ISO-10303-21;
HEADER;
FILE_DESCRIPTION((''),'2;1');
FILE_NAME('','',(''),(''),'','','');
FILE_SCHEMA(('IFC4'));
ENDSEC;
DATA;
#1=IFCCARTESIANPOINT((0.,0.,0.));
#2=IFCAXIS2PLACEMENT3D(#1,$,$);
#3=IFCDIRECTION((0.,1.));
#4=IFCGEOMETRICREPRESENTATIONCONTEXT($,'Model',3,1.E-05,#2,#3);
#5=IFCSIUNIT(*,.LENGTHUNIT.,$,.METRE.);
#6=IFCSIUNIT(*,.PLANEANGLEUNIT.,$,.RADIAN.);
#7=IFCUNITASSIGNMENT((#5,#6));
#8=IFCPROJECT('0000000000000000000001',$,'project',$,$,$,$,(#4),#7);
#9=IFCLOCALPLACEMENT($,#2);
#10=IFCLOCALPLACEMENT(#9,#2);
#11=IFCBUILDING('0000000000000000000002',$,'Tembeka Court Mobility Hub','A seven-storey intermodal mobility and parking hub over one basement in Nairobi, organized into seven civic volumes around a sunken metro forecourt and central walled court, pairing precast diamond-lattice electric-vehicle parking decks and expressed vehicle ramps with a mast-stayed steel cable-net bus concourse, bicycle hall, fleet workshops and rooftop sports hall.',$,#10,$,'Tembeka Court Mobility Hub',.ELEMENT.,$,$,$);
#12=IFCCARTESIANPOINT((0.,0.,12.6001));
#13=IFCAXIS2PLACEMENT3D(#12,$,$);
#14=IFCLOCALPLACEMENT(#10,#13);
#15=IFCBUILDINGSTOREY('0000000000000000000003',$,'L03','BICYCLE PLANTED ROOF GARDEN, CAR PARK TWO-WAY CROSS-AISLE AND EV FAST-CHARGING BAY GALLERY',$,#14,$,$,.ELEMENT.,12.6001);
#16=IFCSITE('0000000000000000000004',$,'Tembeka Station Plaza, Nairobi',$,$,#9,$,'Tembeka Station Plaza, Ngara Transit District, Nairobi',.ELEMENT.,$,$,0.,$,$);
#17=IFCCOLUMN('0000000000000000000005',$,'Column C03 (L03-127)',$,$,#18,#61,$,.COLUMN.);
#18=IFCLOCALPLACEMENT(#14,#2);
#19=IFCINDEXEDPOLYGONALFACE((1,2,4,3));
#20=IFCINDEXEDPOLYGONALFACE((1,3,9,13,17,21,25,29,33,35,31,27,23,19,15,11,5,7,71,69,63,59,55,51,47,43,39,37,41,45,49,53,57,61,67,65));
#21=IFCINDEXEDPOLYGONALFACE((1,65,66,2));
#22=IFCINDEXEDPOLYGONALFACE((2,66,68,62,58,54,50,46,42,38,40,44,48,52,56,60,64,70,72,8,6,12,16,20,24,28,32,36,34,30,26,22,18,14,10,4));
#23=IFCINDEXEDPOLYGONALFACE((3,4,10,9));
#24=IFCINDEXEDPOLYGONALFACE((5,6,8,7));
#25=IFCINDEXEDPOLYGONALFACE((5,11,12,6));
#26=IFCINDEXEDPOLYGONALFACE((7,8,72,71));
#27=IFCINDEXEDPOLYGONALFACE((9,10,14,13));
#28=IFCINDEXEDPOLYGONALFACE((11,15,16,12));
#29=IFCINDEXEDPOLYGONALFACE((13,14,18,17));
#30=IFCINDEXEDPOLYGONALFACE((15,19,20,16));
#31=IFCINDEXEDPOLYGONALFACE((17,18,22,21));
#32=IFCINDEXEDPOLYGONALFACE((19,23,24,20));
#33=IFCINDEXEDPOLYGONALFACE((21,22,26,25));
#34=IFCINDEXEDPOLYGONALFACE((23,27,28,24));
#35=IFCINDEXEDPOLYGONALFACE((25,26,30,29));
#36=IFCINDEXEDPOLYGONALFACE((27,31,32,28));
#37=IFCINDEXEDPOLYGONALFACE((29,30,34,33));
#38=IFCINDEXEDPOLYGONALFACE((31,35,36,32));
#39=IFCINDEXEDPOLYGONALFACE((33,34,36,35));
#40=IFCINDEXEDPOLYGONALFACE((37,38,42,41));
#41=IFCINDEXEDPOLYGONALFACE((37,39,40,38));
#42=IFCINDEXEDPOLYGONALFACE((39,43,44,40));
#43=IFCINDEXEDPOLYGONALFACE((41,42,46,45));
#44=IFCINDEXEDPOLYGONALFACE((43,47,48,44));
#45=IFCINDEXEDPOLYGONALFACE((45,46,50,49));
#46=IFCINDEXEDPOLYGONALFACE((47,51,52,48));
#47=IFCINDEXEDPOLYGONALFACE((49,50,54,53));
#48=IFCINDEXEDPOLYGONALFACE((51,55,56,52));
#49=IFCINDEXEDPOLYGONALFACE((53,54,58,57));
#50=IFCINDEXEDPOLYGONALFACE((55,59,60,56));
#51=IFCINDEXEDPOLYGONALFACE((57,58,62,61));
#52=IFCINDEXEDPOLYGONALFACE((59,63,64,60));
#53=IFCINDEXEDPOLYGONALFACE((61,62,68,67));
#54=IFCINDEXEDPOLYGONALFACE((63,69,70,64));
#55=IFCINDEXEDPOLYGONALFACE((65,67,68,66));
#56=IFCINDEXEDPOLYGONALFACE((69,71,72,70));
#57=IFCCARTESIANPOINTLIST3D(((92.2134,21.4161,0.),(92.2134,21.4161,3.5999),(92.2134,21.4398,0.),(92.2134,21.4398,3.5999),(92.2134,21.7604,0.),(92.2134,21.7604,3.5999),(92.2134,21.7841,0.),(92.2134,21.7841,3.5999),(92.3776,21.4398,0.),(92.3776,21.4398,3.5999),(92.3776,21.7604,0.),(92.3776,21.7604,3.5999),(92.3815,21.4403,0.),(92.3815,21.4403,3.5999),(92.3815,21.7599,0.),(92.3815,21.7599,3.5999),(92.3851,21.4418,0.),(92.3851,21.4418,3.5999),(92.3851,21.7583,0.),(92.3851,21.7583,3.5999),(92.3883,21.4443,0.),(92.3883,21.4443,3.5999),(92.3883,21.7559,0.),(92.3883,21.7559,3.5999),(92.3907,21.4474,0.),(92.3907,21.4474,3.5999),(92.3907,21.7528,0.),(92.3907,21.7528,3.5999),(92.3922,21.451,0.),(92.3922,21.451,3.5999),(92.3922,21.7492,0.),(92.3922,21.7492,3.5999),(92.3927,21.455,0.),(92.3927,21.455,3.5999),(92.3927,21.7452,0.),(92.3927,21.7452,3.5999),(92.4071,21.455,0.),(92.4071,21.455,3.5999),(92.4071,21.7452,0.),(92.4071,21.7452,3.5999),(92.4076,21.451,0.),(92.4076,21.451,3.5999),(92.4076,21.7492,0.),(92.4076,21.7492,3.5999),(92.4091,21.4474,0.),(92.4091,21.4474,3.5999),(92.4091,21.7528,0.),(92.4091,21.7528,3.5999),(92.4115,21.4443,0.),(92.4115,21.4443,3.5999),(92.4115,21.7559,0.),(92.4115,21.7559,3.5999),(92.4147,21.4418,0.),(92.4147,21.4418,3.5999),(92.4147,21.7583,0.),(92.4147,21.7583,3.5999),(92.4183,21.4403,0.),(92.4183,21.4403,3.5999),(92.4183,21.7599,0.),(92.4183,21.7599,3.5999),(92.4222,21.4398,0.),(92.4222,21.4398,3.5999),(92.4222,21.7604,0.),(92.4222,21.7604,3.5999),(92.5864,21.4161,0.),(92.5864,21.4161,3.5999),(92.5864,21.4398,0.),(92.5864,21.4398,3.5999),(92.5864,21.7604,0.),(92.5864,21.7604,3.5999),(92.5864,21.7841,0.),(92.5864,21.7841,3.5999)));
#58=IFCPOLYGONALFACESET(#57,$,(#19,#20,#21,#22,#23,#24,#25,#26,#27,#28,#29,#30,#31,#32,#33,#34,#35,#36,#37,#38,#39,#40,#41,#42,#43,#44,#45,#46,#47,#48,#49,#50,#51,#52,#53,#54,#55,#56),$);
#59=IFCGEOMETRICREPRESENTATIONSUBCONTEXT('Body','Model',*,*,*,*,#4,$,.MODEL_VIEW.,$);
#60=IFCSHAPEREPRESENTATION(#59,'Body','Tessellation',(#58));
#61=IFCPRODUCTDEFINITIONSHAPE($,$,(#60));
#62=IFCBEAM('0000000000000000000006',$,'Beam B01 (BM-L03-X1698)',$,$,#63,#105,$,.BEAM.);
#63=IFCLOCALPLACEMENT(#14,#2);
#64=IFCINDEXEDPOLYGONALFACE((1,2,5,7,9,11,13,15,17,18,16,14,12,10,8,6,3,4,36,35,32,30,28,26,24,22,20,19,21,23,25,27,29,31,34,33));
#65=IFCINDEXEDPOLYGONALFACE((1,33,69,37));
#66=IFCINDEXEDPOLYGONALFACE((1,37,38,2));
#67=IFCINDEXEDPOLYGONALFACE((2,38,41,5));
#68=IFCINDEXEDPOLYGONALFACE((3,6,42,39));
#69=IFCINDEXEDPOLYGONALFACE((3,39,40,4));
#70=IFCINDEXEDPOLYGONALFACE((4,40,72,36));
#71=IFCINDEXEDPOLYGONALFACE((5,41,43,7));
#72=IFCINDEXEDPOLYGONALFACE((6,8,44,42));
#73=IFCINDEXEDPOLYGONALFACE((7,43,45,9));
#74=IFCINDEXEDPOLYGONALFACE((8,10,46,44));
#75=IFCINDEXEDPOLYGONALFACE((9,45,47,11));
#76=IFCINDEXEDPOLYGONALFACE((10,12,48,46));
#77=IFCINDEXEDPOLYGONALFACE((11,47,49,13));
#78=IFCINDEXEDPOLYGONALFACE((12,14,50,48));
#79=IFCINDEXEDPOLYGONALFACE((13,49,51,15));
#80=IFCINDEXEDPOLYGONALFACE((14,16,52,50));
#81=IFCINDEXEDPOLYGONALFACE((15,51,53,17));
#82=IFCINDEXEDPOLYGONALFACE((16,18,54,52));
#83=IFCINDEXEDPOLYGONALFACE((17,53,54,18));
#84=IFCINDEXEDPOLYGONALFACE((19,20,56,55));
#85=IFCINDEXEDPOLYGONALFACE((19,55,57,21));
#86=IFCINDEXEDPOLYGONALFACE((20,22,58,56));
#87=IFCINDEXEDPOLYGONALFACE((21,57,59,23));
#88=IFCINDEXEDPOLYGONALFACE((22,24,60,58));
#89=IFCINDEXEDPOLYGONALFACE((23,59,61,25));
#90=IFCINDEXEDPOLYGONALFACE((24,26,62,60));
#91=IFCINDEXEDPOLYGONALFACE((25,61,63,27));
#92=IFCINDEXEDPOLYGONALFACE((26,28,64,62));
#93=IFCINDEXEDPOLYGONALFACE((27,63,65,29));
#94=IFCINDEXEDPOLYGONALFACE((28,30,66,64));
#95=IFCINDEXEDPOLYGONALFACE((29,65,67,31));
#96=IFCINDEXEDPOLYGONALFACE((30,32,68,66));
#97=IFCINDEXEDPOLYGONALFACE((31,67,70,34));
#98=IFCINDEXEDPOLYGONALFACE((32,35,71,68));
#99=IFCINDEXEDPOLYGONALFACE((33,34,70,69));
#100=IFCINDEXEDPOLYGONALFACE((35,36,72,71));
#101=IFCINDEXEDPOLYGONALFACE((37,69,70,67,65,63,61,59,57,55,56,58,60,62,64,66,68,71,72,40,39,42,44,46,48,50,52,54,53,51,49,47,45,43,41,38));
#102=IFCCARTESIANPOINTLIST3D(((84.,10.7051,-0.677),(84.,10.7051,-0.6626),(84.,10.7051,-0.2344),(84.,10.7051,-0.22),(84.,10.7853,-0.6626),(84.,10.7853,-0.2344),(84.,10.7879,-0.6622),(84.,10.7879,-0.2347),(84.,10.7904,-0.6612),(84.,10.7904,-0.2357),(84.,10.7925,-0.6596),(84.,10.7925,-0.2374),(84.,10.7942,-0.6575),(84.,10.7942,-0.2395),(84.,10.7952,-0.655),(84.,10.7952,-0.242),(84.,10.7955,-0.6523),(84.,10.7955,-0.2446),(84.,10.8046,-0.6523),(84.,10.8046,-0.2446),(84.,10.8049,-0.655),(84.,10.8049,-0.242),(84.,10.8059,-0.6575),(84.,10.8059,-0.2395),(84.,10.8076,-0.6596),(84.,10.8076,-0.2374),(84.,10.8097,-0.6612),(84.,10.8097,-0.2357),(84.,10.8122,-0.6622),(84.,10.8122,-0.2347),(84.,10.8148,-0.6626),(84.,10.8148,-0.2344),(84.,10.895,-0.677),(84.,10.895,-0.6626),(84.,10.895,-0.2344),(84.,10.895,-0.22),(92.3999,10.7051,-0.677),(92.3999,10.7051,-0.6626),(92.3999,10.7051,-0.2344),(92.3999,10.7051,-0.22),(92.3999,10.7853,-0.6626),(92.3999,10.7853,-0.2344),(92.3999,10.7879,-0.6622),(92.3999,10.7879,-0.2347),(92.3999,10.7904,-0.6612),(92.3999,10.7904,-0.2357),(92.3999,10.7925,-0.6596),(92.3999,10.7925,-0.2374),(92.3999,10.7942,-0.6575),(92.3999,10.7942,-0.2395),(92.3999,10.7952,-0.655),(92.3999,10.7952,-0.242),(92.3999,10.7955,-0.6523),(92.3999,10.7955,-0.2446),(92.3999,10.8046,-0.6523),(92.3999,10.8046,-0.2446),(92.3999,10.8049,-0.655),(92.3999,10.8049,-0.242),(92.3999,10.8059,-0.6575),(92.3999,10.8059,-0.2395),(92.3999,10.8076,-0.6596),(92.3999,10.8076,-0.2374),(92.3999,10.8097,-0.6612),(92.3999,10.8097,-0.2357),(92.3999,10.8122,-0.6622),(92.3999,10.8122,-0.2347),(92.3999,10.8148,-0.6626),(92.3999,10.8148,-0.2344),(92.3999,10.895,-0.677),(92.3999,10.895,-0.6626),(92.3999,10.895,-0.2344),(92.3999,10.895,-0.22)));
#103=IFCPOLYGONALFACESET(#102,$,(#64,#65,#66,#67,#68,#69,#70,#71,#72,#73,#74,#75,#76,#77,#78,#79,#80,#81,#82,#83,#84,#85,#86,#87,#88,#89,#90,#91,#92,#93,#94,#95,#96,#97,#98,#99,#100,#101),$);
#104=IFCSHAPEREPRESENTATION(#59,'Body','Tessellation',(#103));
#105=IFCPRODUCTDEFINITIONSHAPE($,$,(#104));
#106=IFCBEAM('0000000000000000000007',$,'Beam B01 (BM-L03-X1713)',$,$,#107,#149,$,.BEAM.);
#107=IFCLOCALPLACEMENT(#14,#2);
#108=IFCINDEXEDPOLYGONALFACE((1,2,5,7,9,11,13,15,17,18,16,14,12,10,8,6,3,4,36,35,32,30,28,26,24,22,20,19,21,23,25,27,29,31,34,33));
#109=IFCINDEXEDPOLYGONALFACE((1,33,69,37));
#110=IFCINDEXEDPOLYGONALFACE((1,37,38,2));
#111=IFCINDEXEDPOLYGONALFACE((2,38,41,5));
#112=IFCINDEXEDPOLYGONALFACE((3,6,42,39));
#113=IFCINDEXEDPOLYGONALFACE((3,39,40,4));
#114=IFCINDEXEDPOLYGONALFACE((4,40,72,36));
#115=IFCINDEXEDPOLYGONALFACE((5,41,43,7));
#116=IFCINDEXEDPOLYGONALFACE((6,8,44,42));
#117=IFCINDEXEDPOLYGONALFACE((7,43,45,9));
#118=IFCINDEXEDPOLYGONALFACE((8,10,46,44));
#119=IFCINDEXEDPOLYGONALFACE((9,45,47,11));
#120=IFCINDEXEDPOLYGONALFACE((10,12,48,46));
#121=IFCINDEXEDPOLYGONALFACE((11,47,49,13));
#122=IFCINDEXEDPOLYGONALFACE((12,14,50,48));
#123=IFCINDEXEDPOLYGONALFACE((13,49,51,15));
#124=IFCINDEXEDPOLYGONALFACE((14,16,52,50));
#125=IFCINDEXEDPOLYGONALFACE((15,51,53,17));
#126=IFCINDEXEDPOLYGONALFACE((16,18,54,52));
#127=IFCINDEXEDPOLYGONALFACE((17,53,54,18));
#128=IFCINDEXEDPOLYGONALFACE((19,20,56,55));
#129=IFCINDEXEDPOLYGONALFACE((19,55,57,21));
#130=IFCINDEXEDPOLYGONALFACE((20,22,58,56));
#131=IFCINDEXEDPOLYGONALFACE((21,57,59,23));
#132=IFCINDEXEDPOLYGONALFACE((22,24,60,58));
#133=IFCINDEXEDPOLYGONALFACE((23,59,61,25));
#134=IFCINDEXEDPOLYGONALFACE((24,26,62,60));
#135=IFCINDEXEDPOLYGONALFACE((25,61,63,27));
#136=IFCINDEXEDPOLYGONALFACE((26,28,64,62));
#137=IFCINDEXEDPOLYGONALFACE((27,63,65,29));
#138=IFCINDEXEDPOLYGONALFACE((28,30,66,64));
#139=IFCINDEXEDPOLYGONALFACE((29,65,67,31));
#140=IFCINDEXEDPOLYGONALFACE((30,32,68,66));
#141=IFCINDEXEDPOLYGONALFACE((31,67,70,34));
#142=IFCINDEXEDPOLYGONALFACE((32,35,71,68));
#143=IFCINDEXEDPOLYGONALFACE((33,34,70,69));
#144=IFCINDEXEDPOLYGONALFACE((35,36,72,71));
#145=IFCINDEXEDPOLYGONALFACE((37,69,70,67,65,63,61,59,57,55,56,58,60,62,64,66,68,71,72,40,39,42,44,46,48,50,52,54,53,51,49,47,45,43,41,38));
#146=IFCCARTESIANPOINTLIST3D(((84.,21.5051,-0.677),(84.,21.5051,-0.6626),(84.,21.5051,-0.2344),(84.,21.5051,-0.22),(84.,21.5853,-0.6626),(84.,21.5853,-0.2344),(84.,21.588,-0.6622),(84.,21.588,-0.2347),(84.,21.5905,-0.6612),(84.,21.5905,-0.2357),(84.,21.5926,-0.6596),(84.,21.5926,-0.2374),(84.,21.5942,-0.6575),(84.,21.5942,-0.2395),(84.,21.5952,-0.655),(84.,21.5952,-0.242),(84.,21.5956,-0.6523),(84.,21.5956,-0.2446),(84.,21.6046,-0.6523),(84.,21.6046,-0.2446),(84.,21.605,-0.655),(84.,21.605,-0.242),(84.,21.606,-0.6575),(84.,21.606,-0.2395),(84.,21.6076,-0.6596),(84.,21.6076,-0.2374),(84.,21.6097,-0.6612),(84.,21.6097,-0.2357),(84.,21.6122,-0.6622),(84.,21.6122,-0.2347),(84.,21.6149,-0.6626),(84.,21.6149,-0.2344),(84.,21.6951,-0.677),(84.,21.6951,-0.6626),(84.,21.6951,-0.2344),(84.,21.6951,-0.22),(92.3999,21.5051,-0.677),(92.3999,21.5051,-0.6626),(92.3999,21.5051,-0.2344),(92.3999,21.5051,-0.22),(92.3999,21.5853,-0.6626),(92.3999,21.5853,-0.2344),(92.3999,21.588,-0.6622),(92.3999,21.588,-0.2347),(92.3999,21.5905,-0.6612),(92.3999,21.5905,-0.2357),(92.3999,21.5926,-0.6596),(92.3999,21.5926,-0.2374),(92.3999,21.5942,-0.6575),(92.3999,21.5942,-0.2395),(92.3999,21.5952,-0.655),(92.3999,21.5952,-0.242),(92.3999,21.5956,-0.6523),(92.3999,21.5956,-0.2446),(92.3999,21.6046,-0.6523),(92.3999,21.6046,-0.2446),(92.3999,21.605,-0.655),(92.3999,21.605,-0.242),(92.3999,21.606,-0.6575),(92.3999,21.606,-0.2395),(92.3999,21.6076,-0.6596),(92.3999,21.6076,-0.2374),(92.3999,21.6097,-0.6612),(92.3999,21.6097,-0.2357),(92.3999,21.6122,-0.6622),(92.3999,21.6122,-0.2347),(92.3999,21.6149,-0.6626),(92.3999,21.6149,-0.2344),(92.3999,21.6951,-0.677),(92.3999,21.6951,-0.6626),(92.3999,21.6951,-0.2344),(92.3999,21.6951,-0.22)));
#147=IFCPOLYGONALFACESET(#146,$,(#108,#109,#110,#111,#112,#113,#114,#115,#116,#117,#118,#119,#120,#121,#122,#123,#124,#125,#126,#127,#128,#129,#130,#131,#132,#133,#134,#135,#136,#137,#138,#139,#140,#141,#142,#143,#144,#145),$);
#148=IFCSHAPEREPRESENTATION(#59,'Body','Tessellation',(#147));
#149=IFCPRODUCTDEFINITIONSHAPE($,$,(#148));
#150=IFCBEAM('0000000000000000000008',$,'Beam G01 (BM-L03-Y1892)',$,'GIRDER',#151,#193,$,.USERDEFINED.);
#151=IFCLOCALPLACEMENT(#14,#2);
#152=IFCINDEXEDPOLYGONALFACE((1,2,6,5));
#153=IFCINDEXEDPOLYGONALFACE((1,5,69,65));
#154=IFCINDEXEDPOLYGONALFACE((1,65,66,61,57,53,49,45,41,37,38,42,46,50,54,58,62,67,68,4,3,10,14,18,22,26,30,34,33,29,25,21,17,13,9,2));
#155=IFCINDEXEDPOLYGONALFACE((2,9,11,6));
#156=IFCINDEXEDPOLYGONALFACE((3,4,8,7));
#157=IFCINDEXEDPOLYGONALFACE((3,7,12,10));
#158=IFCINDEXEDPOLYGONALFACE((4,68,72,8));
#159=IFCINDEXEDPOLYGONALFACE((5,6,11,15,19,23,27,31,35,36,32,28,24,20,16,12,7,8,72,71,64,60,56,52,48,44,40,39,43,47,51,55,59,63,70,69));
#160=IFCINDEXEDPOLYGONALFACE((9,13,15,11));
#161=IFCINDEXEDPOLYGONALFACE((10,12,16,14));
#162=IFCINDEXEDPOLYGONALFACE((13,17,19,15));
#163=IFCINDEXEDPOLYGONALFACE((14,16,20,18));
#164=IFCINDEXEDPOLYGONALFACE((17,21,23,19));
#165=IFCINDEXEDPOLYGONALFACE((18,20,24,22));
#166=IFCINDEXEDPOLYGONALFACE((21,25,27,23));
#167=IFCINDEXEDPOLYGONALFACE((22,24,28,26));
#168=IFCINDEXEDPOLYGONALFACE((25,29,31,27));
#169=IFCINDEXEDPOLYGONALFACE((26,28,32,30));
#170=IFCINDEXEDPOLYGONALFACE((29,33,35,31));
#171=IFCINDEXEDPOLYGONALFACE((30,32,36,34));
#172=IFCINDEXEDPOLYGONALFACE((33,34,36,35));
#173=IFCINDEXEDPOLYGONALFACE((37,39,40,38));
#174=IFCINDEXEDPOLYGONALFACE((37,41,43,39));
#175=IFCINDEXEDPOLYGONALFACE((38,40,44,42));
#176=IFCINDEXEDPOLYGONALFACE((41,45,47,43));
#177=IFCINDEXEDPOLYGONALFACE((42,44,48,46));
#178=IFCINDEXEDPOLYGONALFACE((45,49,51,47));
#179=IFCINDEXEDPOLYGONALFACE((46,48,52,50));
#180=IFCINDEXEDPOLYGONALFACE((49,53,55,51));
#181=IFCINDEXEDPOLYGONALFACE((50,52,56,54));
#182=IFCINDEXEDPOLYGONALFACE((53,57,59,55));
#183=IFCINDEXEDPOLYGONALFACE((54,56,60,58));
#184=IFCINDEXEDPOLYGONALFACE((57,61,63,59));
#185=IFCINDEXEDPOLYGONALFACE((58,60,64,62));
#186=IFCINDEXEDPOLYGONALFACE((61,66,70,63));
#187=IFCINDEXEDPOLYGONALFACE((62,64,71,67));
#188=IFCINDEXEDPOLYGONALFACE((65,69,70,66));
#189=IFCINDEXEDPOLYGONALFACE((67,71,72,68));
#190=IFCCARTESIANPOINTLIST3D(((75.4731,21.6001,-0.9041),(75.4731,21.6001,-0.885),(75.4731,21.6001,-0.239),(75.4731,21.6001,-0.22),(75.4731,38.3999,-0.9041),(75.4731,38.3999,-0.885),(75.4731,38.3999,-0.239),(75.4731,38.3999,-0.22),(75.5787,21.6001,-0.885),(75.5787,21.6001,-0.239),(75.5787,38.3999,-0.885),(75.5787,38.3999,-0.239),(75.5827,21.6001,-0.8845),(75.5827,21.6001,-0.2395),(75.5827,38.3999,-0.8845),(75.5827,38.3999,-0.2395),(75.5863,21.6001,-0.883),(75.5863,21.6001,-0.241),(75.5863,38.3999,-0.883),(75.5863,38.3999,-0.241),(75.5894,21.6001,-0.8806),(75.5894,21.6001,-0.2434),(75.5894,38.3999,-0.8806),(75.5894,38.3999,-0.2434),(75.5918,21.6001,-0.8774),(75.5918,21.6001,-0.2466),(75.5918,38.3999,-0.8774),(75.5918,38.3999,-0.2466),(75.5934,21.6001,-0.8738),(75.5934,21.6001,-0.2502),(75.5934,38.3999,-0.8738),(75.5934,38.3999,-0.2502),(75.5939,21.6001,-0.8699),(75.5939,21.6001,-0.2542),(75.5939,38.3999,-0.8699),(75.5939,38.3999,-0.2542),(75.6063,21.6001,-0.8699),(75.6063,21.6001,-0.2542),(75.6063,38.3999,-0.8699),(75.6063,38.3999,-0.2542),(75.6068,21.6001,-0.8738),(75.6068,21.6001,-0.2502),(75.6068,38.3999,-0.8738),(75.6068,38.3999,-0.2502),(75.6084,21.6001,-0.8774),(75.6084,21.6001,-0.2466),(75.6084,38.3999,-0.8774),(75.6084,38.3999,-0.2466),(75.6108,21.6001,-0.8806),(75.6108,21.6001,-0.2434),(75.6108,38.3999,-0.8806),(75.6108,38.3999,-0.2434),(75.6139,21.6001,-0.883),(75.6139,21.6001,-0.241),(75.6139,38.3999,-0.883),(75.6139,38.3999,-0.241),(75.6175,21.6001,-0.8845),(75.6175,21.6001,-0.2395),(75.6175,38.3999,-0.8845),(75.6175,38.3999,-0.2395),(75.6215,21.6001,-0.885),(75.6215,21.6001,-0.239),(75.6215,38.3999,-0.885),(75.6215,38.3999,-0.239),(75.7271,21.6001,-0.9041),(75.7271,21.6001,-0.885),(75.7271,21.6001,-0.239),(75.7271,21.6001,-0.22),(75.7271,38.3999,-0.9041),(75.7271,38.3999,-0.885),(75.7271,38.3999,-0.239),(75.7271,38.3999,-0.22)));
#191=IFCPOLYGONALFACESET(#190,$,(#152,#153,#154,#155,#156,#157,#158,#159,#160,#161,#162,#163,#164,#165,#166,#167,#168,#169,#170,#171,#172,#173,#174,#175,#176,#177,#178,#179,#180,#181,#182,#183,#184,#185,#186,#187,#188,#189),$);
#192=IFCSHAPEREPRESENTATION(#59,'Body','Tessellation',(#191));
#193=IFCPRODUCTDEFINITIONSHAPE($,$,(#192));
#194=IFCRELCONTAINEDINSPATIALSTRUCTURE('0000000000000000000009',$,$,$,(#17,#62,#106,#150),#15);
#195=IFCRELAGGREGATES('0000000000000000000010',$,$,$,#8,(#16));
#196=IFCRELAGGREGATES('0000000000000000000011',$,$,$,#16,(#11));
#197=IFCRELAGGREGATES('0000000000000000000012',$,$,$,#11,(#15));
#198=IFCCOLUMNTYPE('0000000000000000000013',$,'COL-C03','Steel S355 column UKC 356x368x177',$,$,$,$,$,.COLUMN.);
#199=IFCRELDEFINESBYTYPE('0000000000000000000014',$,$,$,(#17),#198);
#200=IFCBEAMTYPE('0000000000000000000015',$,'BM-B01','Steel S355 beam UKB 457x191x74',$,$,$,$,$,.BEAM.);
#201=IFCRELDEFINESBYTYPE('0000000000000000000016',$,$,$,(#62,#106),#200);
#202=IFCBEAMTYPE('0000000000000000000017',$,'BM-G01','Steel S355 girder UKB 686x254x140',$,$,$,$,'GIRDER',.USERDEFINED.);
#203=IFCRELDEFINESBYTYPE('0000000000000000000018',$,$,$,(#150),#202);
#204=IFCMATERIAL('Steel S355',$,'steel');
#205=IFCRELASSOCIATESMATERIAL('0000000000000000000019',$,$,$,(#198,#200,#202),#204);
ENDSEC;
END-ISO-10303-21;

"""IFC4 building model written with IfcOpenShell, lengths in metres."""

from ifc_helpers import new_model, si_unit, direction, frame, origin, origin_2d, place, context, subcontext, project, spatial, i_section, extrude, material, material_profile, profile_set, type_object, element, save


model = new_model("IFC4")

# Units and contexts
model_context = context("Model", 3, precision=1e-05, world=origin(), true_north=direction((0.0, 1.0)))
body_context = subcontext(model_context, "Body", "Model", "MODEL_VIEW")
ifc_project = project(units=[si_unit("LENGTHUNIT", "METRE"), si_unit("PLANEANGLEUNIT", "RADIAN")], contexts=[model_context])

# Site, building, storey
site_placement = place(None, origin())
site = spatial("IfcSite", under=ifc_project, at=site_placement, Name="Tembeka Station Plaza, Nairobi", LongName="Tembeka Station Plaza, Ngara Transit District, Nairobi", CompositionType="ELEMENT", RefElevation=0.0)
building_placement = place(site_placement, origin())
building = spatial("IfcBuilding", under=site, at=building_placement, Name="Tembeka Court Mobility Hub", Description="A seven-storey intermodal mobility and parking hub over one basement in Nairobi, organized into seven civic volumes around a sunken metro forecourt and central walled court, pairing precast diamond-lattice electric-vehicle parking decks and expressed vehicle ramps with a mast-stayed steel cable-net bus concourse, bicycle hall, fleet workshops and rooftop sports hall.", LongName="Tembeka Court Mobility Hub", CompositionType="ELEMENT")
storey_placement = place(building_placement, frame((0.0, 0.0, 12.6001)))
storey = spatial("IfcBuildingStorey", under=building, at=storey_placement, Name="L03", Description="BICYCLE PLANTED ROOF GARDEN, CAR PARK TWO-WAY CROSS-AISLE AND EV FAST-CHARGING BAY GALLERY", CompositionType="ELEMENT", Elevation=12.6001)

# Column
ifc_material_1 = material(Name="Steel S355", Category="steel")
ifc_material_profile_1 = material_profile(ifc_material_1, i_section(OverallWidth=0.373, OverallDepth=0.3679, WebThickness=0.0144, FlangeThickness=0.0237, FilletRadius=0.0151, at=origin_2d()), Name="UKC 356x368x177")
ifc_profile_set_1 = profile_set([ifc_material_profile_1], Name="Steel S355")
column_type = type_object("IfcColumnType", Name="COL-C03", Description="Steel S355 column UKC 356x368x177", PredefinedType="COLUMN", material=ifc_profile_set_1)
for number, where, z_axis, x_axis, name in (
    (1, (92.3999, 21.6001, 0.0), (0.0, 0.0, 1.0), (1.0, 0.0, 0.0), "Column C03 (L03-127)"),
):
    element("IfcColumn", number, at=place(storey_placement, frame(where, z_axis=z_axis, x_axis=x_axis)), inside=storey, type_object=column_type, Name=name, PredefinedType="COLUMN", context=body_context, shape_type="SweptSolid", body=[
        extrude(i_section(OverallWidth=0.373, OverallDepth=0.3679, WebThickness=0.0144, FlangeThickness=0.0237, FilletRadius=0.0151, at=origin_2d()), origin(), (0.0, 0.0, 1.0), 3.5999),
    ])

# Beams
ifc_material_profile_2 = material_profile(ifc_material_1, i_section(OverallWidth=0.1899, OverallDepth=0.457, WebThickness=0.009, FlangeThickness=0.0144, FilletRadius=0.0103, at=origin_2d()), Name="UKB 457x191x74")
ifc_profile_set_2 = profile_set([ifc_material_profile_2], Name="Steel S355")
beam_type_1 = type_object("IfcBeamType", Name="BM-B01", Description="Steel S355 beam UKB 457x191x74", PredefinedType="BEAM", material=ifc_profile_set_2)
for number, where, z_axis, x_axis, name in (
    (2, (84.0, 10.8, -0.4485), (1.0, 0.0, 0.0), (0.0, 1.0, 0.0), "Beam B01 (BM-L03-X1698)"),
    (3, (84.0, 21.6001, -0.4485), (1.0, 0.0, 0.0), (0.0, 1.0, 0.0), "Beam B01 (BM-L03-X1713)"),
):
    element("IfcBeam", number, at=place(storey_placement, frame(where, z_axis=z_axis, x_axis=x_axis)), inside=storey, type_object=beam_type_1, Name=name, PredefinedType="BEAM", context=body_context, shape_type="SweptSolid", body=[
        extrude(i_section(OverallWidth=0.1899, OverallDepth=0.457, WebThickness=0.009, FlangeThickness=0.0144, FilletRadius=0.0103, at=origin_2d()), origin(), (0.0, 0.0, 1.0), 8.3999),
    ])
ifc_material_profile_3 = material_profile(ifc_material_1, i_section(OverallWidth=0.2539, OverallDepth=0.6841, WebThickness=0.0125, FlangeThickness=0.019, FilletRadius=0.0151, at=origin_2d()), Name="UKB 686x254x140")
ifc_profile_set_3 = profile_set([ifc_material_profile_3], Name="Steel S355")
beam_type_2 = type_object("IfcBeamType", Name="BM-G01", Description="Steel S355 girder UKB 686x254x140", ElementType="GIRDER", PredefinedType="USERDEFINED", material=ifc_profile_set_3)
for number, where, z_axis, x_axis, name in (
    (4, (75.6001, 21.6001, -0.562), (0.0, 1.0, 0.0), (-1.0, 0.0, 0.0), "Beam G01 (BM-L03-Y1892)"),
):
    element("IfcBeam", number, at=place(storey_placement, frame(where, z_axis=z_axis, x_axis=x_axis)), inside=storey, type_object=beam_type_2, Name=name, ObjectType="GIRDER", PredefinedType="USERDEFINED", context=body_context, shape_type="SweptSolid", body=[
        extrude(i_section(OverallWidth=0.2539, OverallDepth=0.6841, WebThickness=0.0125, FlangeThickness=0.019, FilletRadius=0.0151, at=origin_2d()), origin(), (0.0, 0.0, 1.0), 16.7998),
    ])

save(model, "model.ifc")
